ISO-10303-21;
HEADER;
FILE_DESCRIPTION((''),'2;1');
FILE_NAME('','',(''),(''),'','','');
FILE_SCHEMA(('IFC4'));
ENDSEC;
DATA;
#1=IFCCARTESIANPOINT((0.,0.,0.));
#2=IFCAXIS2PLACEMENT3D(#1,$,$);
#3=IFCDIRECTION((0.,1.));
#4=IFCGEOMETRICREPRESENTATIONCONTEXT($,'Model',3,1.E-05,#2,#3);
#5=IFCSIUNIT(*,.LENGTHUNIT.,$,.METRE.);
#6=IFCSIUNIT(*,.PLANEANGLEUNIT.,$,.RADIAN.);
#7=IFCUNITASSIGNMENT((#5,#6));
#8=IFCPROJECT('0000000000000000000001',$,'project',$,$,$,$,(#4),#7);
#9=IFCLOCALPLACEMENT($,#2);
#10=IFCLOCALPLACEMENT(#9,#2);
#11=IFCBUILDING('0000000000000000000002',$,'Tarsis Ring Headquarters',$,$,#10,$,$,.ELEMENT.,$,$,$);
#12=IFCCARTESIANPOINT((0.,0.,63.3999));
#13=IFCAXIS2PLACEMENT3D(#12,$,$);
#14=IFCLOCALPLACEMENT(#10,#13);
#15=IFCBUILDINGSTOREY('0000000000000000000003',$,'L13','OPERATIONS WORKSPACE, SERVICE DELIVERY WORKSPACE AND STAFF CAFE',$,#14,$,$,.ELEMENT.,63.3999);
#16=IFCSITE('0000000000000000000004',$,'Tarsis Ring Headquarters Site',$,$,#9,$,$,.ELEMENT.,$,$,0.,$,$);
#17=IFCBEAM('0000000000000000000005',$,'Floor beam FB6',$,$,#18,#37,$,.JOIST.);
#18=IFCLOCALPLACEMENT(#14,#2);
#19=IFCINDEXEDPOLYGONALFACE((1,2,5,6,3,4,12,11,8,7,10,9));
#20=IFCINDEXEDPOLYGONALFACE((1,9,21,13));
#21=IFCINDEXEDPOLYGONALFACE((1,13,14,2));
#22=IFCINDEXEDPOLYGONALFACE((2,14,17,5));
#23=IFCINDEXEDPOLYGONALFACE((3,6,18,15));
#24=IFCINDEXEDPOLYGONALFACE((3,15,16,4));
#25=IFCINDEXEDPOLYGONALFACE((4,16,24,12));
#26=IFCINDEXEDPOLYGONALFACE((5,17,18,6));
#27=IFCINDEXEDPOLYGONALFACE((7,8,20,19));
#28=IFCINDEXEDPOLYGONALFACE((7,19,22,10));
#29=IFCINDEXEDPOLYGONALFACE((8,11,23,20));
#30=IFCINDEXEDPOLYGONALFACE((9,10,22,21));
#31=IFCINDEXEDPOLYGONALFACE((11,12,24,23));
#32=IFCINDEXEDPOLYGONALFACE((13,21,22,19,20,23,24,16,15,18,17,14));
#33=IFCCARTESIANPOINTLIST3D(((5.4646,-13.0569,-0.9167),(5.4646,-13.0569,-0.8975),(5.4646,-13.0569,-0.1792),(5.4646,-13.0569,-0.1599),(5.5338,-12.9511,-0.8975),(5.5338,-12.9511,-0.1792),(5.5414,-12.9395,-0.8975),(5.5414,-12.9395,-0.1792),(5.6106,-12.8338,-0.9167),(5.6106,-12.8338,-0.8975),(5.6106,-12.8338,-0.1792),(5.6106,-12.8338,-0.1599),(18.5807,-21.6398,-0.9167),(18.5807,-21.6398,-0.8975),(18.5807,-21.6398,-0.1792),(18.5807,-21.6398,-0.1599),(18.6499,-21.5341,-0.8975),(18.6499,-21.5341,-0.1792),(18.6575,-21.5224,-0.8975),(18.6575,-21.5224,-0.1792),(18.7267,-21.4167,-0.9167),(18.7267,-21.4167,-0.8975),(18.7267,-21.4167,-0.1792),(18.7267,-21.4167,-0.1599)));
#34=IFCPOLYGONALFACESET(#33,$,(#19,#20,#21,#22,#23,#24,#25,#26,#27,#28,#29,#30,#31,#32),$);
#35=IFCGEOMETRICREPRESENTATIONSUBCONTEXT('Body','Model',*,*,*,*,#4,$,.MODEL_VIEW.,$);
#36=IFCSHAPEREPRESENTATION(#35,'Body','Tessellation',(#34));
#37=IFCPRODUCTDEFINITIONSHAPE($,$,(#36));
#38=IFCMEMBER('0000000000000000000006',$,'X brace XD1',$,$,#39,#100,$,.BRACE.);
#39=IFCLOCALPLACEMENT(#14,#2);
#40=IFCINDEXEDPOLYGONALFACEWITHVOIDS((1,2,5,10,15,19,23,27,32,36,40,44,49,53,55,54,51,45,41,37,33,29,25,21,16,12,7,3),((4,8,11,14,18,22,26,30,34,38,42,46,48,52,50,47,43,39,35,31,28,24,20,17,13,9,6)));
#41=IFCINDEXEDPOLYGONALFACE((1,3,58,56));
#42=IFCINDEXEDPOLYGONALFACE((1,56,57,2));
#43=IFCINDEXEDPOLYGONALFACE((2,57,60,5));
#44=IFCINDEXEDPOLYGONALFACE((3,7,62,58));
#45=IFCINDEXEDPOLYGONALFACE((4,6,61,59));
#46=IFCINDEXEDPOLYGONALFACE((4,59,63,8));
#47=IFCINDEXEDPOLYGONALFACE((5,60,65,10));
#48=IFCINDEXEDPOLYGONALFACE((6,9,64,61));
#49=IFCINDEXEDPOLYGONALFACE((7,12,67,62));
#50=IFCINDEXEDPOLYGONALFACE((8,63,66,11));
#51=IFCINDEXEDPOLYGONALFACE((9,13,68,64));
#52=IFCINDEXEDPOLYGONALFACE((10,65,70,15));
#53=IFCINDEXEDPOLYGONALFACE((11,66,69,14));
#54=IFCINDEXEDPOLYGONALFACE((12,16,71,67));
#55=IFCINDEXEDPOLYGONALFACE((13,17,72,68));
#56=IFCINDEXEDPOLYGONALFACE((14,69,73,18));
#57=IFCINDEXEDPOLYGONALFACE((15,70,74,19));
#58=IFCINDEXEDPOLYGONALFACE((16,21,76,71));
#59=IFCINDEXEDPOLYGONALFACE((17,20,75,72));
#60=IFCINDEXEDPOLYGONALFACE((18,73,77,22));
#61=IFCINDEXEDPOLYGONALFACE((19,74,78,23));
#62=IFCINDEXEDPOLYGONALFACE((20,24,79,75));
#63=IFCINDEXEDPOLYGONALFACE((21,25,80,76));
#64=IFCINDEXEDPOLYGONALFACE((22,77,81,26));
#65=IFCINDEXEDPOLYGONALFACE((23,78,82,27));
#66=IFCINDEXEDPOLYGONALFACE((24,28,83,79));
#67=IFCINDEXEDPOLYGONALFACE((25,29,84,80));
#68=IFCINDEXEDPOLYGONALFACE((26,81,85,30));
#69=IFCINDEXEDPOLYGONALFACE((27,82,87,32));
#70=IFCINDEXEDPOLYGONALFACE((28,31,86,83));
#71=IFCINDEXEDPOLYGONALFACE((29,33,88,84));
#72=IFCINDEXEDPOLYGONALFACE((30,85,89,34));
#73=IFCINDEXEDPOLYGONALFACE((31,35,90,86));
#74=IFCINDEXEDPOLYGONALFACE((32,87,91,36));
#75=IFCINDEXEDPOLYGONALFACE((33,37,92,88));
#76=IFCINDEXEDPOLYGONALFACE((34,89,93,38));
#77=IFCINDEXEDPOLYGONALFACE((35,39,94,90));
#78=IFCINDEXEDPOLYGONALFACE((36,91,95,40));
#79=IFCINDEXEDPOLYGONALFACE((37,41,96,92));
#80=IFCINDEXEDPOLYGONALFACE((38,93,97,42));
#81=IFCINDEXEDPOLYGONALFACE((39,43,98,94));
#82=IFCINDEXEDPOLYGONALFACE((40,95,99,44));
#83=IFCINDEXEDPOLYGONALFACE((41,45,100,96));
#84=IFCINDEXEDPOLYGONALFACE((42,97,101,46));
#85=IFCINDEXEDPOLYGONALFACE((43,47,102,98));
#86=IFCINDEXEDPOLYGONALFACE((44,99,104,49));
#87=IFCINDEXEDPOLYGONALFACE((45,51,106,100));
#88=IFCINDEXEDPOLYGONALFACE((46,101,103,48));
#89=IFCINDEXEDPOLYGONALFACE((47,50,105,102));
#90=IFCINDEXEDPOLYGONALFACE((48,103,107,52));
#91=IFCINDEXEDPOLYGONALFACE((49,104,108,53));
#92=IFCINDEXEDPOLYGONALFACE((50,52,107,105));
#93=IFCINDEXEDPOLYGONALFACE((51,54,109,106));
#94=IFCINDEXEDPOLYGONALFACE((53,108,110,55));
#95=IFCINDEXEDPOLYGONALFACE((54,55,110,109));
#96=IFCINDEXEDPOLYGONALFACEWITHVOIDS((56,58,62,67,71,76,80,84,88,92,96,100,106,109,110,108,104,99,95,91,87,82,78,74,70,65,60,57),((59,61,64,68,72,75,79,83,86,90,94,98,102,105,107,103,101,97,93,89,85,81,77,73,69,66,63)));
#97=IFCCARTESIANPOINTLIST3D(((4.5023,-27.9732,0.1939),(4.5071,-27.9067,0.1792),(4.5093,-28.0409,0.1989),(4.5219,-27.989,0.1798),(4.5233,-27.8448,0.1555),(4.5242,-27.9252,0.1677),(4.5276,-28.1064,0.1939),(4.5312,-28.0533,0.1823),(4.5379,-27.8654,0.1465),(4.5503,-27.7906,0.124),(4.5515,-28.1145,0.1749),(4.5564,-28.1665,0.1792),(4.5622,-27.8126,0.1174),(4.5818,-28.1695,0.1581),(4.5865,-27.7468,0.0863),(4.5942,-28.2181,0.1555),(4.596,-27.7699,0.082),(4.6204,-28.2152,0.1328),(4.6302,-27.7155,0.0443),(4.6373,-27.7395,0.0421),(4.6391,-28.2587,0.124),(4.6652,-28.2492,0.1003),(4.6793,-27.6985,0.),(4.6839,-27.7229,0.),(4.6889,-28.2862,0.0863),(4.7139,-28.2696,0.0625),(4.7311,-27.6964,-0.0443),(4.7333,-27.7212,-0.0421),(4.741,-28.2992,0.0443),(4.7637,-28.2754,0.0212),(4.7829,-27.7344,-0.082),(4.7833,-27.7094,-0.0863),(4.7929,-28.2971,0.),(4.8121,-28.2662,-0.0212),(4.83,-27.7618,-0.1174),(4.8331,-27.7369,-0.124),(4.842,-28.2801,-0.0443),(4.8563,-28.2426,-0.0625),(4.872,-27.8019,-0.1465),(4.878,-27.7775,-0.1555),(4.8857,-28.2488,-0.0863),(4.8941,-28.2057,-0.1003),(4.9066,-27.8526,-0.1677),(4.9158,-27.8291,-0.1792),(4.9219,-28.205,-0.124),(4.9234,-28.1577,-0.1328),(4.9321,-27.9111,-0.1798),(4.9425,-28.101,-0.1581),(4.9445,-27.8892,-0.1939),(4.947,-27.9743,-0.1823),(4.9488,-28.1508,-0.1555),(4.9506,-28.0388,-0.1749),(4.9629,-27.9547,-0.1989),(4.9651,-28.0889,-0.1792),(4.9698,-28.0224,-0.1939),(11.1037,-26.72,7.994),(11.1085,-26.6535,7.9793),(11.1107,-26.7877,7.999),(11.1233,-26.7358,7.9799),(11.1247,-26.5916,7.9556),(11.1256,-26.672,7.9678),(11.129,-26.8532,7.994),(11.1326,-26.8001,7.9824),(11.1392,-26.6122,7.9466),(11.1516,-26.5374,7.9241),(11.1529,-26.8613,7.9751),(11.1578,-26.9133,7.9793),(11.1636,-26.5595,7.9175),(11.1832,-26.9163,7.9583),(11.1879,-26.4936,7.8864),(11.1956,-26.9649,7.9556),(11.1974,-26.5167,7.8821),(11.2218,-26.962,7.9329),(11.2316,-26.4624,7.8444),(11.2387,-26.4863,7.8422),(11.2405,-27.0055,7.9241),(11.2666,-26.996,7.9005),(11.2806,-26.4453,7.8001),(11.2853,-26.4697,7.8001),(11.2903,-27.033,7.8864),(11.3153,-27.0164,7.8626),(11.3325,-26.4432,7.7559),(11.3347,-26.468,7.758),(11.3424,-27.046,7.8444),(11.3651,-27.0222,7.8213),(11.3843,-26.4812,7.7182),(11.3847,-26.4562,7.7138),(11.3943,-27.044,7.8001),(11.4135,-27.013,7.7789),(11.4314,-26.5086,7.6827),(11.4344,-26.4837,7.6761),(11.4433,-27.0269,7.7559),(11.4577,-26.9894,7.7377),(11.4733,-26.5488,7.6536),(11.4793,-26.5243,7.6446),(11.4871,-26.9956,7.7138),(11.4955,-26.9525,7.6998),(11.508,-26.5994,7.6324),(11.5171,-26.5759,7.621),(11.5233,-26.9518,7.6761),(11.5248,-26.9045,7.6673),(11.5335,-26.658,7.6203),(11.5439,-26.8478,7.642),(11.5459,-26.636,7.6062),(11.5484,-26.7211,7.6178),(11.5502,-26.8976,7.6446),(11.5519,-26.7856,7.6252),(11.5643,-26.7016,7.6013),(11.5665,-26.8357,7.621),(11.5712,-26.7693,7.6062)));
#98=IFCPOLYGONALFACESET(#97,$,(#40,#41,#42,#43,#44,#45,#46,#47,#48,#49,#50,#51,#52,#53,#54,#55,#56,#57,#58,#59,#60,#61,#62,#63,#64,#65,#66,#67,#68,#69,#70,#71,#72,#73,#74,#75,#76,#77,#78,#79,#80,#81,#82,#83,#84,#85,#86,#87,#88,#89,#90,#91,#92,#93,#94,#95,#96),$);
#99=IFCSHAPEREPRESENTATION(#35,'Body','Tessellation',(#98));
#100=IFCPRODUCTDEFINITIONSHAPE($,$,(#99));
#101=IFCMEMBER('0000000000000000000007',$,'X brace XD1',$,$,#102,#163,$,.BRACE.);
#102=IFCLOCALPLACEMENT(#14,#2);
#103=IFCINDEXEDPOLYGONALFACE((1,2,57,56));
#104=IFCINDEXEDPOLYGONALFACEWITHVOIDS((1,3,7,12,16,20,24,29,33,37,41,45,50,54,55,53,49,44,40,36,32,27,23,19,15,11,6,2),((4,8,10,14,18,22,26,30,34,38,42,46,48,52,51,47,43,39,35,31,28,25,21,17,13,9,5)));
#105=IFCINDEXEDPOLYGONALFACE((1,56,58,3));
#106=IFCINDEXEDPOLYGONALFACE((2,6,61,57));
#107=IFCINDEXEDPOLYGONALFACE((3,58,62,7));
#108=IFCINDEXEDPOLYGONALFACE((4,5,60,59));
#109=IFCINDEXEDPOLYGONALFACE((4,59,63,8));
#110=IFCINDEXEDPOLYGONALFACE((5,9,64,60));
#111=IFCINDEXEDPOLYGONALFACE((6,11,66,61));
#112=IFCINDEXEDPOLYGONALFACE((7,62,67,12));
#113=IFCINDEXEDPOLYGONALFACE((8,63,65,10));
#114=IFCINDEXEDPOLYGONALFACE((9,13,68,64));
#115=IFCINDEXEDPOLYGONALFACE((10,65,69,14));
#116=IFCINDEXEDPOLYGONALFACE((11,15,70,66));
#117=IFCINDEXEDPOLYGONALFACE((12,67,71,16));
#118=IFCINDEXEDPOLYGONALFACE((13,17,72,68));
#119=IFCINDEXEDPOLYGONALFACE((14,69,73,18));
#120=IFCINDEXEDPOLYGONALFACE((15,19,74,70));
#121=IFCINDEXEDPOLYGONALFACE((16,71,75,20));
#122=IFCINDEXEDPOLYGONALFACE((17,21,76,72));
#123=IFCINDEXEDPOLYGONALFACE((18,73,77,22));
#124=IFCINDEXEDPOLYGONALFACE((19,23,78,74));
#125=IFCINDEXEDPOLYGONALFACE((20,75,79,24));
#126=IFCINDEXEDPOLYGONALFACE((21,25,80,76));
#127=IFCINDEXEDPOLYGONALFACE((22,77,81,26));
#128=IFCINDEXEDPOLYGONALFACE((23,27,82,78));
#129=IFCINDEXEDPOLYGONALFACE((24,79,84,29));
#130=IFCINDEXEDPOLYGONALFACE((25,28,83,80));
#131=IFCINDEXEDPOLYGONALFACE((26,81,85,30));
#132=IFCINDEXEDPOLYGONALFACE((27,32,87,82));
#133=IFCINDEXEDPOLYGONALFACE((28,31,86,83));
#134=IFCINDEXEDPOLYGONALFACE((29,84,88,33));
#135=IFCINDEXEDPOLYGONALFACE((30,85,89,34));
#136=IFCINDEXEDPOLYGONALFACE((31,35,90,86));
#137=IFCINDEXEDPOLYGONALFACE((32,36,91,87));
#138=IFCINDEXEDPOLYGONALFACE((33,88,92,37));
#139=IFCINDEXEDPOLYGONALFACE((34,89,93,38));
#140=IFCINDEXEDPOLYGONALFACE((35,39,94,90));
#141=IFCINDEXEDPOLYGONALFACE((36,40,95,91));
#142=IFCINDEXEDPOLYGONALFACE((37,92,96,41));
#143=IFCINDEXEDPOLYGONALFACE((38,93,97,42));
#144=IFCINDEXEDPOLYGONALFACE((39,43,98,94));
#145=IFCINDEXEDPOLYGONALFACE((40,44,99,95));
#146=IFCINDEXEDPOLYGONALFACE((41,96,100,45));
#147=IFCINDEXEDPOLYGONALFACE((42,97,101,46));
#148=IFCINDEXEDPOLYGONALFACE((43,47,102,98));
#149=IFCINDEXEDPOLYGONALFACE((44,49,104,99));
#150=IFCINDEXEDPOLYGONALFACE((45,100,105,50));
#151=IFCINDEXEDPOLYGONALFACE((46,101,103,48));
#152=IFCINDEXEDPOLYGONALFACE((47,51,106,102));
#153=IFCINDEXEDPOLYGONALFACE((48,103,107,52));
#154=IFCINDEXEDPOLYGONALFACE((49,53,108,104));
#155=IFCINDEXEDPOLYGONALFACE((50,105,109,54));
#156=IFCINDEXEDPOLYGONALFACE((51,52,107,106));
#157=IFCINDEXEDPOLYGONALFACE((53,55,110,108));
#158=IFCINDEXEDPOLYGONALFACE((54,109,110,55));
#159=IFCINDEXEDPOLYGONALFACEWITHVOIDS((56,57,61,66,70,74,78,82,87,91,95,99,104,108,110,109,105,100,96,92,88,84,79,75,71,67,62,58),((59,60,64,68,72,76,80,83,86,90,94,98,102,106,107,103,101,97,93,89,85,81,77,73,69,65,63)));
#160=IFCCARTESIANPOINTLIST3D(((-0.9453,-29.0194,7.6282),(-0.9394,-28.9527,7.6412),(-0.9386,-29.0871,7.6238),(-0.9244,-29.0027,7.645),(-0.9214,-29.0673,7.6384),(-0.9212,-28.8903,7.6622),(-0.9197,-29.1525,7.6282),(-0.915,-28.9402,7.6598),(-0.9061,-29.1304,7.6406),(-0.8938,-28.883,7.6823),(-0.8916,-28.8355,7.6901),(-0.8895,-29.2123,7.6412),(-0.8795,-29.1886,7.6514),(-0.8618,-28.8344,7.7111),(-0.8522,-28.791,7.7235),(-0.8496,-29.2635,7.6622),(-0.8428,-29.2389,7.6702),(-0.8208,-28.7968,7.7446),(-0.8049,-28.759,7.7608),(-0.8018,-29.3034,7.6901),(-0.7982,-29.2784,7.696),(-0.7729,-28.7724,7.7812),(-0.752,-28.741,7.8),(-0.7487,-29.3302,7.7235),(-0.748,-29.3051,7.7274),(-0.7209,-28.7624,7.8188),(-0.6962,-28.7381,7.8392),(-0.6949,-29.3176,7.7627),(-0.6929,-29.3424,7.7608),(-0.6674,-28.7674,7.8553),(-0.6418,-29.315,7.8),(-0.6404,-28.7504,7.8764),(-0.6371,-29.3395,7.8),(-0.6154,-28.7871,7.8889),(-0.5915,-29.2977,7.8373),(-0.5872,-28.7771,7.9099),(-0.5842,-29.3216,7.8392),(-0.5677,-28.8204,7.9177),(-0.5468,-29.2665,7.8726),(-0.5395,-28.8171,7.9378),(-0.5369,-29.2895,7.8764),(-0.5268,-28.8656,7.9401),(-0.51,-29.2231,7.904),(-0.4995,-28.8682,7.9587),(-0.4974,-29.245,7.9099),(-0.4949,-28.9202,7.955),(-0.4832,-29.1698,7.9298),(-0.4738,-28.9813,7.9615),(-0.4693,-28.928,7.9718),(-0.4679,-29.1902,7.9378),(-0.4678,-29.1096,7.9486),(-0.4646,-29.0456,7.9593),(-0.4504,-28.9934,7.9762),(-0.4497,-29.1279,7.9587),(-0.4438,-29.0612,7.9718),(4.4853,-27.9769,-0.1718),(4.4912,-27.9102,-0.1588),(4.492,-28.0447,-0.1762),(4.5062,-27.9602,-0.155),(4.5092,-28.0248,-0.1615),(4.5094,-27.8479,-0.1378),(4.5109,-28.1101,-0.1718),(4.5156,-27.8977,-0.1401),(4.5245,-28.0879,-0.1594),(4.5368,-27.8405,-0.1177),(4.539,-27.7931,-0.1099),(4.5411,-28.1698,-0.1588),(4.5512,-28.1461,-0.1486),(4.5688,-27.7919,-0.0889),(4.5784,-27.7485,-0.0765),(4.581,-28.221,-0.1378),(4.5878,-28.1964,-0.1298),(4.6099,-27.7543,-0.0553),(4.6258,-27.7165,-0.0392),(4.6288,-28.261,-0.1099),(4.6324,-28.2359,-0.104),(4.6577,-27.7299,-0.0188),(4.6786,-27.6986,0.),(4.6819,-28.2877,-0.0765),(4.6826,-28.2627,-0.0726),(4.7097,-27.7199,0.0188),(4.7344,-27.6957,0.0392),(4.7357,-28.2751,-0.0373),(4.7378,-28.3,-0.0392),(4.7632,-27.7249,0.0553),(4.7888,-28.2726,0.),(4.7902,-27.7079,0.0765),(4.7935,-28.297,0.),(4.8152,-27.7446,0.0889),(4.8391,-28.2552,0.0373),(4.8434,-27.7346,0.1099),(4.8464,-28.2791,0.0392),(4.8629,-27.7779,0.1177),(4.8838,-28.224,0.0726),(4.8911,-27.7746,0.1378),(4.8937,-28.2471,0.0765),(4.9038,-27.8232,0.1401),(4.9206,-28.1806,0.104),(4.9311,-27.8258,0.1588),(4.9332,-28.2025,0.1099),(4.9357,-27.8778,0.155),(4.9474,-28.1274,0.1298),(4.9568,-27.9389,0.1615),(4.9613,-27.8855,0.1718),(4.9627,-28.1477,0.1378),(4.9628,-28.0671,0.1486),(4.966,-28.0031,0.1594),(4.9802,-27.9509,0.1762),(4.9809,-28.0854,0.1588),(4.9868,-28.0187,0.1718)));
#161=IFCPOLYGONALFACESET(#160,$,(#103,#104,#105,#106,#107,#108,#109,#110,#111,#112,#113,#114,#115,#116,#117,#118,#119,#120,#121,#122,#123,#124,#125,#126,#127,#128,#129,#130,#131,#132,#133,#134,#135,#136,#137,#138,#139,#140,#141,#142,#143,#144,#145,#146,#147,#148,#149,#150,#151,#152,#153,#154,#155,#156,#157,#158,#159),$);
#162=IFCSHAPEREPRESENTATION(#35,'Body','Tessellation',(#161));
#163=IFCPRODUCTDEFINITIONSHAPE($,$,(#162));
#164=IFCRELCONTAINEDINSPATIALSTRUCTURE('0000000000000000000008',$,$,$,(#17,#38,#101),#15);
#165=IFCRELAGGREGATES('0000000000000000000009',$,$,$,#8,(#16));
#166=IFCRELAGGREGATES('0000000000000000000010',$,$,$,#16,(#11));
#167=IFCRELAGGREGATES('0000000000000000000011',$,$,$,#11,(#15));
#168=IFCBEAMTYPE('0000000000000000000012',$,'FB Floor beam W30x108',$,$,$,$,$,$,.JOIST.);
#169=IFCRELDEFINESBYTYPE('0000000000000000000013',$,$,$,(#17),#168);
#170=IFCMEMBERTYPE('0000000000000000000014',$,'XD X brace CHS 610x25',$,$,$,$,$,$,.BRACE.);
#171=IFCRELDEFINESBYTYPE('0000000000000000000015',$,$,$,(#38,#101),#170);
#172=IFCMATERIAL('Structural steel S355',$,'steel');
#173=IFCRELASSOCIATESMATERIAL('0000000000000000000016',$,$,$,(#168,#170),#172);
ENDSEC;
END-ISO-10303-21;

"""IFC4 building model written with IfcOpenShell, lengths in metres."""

from ifc_helpers import new_model, si_unit, direction, frame, origin, origin_2d, place, context, subcontext, project, spatial, hollow_circle, i_section, extrude, material, material_profile, profile_set, type_object, element, save


model = new_model("IFC4")

# Units and contexts
model_context = context("Model", 3, precision=1e-05, world=origin(), true_north=direction((0.0, 1.0)))
body_context = subcontext(model_context, "Body", "Model", "MODEL_VIEW")
ifc_project = project(units=[si_unit("LENGTHUNIT", "METRE"), si_unit("PLANEANGLEUNIT", "RADIAN")], contexts=[model_context])

# Site, building, storey
site_placement = place(None, origin())
site = spatial("IfcSite", under=ifc_project, at=site_placement, Name="Tarsis Ring Headquarters Site", CompositionType="ELEMENT", RefElevation=0.0)
building_placement = place(site_placement, origin())
building = spatial("IfcBuilding", under=site, at=building_placement, Name="Tarsis Ring Headquarters", CompositionType="ELEMENT")
storey_placement = place(building_placement, frame((0.0, 0.0, 63.3999)))
storey = spatial("IfcBuildingStorey", under=building, at=storey_placement, Name="L13", Description="OPERATIONS WORKSPACE, SERVICE DELIVERY WORKSPACE AND STAFF CAFE", CompositionType="ELEMENT", Elevation=63.3999)

# Beam
ifc_material_1 = material(Name="Structural steel S355", Category="steel")
ifc_material_profile_1 = material_profile(ifc_material_1, i_section(OverallWidth=0.2666, OverallDepth=0.7568, WebThickness=0.0139, FlangeThickness=0.0193, at=origin_2d()), Name="W30x108")
ifc_profile_set_1 = profile_set([ifc_material_profile_1], Name="Structural steel S355")
beam_type = type_object("IfcBeamType", Name="FB Floor beam W30x108", PredefinedType="JOIST", material=ifc_profile_set_1)
beam_placement = place(storey_placement, frame((5.5376, -12.9453, -0.5383), z_axis=(0.836764, -0.547563, 0.0), x_axis=(0.547563, 0.836764, 0.0)))
element("IfcBeam", 1, at=beam_placement, inside=storey, type_object=beam_type, Name="Floor beam FB6", PredefinedType="JOIST", context=body_context, shape_type="SweptSolid", body=[
    extrude(i_section(OverallWidth=0.2666, OverallDepth=0.7568, WebThickness=0.0139, FlangeThickness=0.0193, at=origin_2d()), origin(), (0.0, 0.0, 1.0), 15.6748),
])

# Members
ifc_material_profile_2 = material_profile(ifc_material_1, hollow_circle(Radius=0.3047, WallThickness=0.0249, at=origin_2d()), Name="CHS 610x25")
ifc_profile_set_2 = profile_set([ifc_material_profile_2], Name="Structural steel S355")
member_type = type_object("IfcMemberType", Name="XD X brace CHS 610x25", PredefinedType="BRACE", material=ifc_profile_set_2)
member_1_placement = place(storey_placement, frame((4.7361, -27.9978, 0.0), z_axis=(0.641211, 0.121726, 0.757648), x_axis=(-0.186506, 0.982454, 0.0)))
element("IfcMember", 2, at=member_1_placement, inside=storey, type_object=member_type, Name="X brace XD1", PredefinedType="BRACE", context=body_context, shape_type="SweptSolid", body=[
    extrude(hollow_circle(Radius=0.3047, WallThickness=0.0249, at=origin_2d()), origin(), (0.0, 0.0, 1.0), 10.2952),
])
member_2_placement = place(storey_placement, frame((4.7361, -27.9978, 0.0), z_axis=(-0.56798, -0.109031, 0.815788), x_axis=(0.18852, -0.982069, 0.0)))
element("IfcMember", 3, at=member_2_placement, inside=storey, type_object=member_type, Name="X brace XD1", PredefinedType="BRACE", context=body_context, shape_type="SweptSolid", body=[
    extrude(hollow_circle(Radius=0.3047, WallThickness=0.0249, at=origin_2d()), origin(), (0.0, 0.0, 1.0), 9.5613),
])

save(model, "model.ifc")
